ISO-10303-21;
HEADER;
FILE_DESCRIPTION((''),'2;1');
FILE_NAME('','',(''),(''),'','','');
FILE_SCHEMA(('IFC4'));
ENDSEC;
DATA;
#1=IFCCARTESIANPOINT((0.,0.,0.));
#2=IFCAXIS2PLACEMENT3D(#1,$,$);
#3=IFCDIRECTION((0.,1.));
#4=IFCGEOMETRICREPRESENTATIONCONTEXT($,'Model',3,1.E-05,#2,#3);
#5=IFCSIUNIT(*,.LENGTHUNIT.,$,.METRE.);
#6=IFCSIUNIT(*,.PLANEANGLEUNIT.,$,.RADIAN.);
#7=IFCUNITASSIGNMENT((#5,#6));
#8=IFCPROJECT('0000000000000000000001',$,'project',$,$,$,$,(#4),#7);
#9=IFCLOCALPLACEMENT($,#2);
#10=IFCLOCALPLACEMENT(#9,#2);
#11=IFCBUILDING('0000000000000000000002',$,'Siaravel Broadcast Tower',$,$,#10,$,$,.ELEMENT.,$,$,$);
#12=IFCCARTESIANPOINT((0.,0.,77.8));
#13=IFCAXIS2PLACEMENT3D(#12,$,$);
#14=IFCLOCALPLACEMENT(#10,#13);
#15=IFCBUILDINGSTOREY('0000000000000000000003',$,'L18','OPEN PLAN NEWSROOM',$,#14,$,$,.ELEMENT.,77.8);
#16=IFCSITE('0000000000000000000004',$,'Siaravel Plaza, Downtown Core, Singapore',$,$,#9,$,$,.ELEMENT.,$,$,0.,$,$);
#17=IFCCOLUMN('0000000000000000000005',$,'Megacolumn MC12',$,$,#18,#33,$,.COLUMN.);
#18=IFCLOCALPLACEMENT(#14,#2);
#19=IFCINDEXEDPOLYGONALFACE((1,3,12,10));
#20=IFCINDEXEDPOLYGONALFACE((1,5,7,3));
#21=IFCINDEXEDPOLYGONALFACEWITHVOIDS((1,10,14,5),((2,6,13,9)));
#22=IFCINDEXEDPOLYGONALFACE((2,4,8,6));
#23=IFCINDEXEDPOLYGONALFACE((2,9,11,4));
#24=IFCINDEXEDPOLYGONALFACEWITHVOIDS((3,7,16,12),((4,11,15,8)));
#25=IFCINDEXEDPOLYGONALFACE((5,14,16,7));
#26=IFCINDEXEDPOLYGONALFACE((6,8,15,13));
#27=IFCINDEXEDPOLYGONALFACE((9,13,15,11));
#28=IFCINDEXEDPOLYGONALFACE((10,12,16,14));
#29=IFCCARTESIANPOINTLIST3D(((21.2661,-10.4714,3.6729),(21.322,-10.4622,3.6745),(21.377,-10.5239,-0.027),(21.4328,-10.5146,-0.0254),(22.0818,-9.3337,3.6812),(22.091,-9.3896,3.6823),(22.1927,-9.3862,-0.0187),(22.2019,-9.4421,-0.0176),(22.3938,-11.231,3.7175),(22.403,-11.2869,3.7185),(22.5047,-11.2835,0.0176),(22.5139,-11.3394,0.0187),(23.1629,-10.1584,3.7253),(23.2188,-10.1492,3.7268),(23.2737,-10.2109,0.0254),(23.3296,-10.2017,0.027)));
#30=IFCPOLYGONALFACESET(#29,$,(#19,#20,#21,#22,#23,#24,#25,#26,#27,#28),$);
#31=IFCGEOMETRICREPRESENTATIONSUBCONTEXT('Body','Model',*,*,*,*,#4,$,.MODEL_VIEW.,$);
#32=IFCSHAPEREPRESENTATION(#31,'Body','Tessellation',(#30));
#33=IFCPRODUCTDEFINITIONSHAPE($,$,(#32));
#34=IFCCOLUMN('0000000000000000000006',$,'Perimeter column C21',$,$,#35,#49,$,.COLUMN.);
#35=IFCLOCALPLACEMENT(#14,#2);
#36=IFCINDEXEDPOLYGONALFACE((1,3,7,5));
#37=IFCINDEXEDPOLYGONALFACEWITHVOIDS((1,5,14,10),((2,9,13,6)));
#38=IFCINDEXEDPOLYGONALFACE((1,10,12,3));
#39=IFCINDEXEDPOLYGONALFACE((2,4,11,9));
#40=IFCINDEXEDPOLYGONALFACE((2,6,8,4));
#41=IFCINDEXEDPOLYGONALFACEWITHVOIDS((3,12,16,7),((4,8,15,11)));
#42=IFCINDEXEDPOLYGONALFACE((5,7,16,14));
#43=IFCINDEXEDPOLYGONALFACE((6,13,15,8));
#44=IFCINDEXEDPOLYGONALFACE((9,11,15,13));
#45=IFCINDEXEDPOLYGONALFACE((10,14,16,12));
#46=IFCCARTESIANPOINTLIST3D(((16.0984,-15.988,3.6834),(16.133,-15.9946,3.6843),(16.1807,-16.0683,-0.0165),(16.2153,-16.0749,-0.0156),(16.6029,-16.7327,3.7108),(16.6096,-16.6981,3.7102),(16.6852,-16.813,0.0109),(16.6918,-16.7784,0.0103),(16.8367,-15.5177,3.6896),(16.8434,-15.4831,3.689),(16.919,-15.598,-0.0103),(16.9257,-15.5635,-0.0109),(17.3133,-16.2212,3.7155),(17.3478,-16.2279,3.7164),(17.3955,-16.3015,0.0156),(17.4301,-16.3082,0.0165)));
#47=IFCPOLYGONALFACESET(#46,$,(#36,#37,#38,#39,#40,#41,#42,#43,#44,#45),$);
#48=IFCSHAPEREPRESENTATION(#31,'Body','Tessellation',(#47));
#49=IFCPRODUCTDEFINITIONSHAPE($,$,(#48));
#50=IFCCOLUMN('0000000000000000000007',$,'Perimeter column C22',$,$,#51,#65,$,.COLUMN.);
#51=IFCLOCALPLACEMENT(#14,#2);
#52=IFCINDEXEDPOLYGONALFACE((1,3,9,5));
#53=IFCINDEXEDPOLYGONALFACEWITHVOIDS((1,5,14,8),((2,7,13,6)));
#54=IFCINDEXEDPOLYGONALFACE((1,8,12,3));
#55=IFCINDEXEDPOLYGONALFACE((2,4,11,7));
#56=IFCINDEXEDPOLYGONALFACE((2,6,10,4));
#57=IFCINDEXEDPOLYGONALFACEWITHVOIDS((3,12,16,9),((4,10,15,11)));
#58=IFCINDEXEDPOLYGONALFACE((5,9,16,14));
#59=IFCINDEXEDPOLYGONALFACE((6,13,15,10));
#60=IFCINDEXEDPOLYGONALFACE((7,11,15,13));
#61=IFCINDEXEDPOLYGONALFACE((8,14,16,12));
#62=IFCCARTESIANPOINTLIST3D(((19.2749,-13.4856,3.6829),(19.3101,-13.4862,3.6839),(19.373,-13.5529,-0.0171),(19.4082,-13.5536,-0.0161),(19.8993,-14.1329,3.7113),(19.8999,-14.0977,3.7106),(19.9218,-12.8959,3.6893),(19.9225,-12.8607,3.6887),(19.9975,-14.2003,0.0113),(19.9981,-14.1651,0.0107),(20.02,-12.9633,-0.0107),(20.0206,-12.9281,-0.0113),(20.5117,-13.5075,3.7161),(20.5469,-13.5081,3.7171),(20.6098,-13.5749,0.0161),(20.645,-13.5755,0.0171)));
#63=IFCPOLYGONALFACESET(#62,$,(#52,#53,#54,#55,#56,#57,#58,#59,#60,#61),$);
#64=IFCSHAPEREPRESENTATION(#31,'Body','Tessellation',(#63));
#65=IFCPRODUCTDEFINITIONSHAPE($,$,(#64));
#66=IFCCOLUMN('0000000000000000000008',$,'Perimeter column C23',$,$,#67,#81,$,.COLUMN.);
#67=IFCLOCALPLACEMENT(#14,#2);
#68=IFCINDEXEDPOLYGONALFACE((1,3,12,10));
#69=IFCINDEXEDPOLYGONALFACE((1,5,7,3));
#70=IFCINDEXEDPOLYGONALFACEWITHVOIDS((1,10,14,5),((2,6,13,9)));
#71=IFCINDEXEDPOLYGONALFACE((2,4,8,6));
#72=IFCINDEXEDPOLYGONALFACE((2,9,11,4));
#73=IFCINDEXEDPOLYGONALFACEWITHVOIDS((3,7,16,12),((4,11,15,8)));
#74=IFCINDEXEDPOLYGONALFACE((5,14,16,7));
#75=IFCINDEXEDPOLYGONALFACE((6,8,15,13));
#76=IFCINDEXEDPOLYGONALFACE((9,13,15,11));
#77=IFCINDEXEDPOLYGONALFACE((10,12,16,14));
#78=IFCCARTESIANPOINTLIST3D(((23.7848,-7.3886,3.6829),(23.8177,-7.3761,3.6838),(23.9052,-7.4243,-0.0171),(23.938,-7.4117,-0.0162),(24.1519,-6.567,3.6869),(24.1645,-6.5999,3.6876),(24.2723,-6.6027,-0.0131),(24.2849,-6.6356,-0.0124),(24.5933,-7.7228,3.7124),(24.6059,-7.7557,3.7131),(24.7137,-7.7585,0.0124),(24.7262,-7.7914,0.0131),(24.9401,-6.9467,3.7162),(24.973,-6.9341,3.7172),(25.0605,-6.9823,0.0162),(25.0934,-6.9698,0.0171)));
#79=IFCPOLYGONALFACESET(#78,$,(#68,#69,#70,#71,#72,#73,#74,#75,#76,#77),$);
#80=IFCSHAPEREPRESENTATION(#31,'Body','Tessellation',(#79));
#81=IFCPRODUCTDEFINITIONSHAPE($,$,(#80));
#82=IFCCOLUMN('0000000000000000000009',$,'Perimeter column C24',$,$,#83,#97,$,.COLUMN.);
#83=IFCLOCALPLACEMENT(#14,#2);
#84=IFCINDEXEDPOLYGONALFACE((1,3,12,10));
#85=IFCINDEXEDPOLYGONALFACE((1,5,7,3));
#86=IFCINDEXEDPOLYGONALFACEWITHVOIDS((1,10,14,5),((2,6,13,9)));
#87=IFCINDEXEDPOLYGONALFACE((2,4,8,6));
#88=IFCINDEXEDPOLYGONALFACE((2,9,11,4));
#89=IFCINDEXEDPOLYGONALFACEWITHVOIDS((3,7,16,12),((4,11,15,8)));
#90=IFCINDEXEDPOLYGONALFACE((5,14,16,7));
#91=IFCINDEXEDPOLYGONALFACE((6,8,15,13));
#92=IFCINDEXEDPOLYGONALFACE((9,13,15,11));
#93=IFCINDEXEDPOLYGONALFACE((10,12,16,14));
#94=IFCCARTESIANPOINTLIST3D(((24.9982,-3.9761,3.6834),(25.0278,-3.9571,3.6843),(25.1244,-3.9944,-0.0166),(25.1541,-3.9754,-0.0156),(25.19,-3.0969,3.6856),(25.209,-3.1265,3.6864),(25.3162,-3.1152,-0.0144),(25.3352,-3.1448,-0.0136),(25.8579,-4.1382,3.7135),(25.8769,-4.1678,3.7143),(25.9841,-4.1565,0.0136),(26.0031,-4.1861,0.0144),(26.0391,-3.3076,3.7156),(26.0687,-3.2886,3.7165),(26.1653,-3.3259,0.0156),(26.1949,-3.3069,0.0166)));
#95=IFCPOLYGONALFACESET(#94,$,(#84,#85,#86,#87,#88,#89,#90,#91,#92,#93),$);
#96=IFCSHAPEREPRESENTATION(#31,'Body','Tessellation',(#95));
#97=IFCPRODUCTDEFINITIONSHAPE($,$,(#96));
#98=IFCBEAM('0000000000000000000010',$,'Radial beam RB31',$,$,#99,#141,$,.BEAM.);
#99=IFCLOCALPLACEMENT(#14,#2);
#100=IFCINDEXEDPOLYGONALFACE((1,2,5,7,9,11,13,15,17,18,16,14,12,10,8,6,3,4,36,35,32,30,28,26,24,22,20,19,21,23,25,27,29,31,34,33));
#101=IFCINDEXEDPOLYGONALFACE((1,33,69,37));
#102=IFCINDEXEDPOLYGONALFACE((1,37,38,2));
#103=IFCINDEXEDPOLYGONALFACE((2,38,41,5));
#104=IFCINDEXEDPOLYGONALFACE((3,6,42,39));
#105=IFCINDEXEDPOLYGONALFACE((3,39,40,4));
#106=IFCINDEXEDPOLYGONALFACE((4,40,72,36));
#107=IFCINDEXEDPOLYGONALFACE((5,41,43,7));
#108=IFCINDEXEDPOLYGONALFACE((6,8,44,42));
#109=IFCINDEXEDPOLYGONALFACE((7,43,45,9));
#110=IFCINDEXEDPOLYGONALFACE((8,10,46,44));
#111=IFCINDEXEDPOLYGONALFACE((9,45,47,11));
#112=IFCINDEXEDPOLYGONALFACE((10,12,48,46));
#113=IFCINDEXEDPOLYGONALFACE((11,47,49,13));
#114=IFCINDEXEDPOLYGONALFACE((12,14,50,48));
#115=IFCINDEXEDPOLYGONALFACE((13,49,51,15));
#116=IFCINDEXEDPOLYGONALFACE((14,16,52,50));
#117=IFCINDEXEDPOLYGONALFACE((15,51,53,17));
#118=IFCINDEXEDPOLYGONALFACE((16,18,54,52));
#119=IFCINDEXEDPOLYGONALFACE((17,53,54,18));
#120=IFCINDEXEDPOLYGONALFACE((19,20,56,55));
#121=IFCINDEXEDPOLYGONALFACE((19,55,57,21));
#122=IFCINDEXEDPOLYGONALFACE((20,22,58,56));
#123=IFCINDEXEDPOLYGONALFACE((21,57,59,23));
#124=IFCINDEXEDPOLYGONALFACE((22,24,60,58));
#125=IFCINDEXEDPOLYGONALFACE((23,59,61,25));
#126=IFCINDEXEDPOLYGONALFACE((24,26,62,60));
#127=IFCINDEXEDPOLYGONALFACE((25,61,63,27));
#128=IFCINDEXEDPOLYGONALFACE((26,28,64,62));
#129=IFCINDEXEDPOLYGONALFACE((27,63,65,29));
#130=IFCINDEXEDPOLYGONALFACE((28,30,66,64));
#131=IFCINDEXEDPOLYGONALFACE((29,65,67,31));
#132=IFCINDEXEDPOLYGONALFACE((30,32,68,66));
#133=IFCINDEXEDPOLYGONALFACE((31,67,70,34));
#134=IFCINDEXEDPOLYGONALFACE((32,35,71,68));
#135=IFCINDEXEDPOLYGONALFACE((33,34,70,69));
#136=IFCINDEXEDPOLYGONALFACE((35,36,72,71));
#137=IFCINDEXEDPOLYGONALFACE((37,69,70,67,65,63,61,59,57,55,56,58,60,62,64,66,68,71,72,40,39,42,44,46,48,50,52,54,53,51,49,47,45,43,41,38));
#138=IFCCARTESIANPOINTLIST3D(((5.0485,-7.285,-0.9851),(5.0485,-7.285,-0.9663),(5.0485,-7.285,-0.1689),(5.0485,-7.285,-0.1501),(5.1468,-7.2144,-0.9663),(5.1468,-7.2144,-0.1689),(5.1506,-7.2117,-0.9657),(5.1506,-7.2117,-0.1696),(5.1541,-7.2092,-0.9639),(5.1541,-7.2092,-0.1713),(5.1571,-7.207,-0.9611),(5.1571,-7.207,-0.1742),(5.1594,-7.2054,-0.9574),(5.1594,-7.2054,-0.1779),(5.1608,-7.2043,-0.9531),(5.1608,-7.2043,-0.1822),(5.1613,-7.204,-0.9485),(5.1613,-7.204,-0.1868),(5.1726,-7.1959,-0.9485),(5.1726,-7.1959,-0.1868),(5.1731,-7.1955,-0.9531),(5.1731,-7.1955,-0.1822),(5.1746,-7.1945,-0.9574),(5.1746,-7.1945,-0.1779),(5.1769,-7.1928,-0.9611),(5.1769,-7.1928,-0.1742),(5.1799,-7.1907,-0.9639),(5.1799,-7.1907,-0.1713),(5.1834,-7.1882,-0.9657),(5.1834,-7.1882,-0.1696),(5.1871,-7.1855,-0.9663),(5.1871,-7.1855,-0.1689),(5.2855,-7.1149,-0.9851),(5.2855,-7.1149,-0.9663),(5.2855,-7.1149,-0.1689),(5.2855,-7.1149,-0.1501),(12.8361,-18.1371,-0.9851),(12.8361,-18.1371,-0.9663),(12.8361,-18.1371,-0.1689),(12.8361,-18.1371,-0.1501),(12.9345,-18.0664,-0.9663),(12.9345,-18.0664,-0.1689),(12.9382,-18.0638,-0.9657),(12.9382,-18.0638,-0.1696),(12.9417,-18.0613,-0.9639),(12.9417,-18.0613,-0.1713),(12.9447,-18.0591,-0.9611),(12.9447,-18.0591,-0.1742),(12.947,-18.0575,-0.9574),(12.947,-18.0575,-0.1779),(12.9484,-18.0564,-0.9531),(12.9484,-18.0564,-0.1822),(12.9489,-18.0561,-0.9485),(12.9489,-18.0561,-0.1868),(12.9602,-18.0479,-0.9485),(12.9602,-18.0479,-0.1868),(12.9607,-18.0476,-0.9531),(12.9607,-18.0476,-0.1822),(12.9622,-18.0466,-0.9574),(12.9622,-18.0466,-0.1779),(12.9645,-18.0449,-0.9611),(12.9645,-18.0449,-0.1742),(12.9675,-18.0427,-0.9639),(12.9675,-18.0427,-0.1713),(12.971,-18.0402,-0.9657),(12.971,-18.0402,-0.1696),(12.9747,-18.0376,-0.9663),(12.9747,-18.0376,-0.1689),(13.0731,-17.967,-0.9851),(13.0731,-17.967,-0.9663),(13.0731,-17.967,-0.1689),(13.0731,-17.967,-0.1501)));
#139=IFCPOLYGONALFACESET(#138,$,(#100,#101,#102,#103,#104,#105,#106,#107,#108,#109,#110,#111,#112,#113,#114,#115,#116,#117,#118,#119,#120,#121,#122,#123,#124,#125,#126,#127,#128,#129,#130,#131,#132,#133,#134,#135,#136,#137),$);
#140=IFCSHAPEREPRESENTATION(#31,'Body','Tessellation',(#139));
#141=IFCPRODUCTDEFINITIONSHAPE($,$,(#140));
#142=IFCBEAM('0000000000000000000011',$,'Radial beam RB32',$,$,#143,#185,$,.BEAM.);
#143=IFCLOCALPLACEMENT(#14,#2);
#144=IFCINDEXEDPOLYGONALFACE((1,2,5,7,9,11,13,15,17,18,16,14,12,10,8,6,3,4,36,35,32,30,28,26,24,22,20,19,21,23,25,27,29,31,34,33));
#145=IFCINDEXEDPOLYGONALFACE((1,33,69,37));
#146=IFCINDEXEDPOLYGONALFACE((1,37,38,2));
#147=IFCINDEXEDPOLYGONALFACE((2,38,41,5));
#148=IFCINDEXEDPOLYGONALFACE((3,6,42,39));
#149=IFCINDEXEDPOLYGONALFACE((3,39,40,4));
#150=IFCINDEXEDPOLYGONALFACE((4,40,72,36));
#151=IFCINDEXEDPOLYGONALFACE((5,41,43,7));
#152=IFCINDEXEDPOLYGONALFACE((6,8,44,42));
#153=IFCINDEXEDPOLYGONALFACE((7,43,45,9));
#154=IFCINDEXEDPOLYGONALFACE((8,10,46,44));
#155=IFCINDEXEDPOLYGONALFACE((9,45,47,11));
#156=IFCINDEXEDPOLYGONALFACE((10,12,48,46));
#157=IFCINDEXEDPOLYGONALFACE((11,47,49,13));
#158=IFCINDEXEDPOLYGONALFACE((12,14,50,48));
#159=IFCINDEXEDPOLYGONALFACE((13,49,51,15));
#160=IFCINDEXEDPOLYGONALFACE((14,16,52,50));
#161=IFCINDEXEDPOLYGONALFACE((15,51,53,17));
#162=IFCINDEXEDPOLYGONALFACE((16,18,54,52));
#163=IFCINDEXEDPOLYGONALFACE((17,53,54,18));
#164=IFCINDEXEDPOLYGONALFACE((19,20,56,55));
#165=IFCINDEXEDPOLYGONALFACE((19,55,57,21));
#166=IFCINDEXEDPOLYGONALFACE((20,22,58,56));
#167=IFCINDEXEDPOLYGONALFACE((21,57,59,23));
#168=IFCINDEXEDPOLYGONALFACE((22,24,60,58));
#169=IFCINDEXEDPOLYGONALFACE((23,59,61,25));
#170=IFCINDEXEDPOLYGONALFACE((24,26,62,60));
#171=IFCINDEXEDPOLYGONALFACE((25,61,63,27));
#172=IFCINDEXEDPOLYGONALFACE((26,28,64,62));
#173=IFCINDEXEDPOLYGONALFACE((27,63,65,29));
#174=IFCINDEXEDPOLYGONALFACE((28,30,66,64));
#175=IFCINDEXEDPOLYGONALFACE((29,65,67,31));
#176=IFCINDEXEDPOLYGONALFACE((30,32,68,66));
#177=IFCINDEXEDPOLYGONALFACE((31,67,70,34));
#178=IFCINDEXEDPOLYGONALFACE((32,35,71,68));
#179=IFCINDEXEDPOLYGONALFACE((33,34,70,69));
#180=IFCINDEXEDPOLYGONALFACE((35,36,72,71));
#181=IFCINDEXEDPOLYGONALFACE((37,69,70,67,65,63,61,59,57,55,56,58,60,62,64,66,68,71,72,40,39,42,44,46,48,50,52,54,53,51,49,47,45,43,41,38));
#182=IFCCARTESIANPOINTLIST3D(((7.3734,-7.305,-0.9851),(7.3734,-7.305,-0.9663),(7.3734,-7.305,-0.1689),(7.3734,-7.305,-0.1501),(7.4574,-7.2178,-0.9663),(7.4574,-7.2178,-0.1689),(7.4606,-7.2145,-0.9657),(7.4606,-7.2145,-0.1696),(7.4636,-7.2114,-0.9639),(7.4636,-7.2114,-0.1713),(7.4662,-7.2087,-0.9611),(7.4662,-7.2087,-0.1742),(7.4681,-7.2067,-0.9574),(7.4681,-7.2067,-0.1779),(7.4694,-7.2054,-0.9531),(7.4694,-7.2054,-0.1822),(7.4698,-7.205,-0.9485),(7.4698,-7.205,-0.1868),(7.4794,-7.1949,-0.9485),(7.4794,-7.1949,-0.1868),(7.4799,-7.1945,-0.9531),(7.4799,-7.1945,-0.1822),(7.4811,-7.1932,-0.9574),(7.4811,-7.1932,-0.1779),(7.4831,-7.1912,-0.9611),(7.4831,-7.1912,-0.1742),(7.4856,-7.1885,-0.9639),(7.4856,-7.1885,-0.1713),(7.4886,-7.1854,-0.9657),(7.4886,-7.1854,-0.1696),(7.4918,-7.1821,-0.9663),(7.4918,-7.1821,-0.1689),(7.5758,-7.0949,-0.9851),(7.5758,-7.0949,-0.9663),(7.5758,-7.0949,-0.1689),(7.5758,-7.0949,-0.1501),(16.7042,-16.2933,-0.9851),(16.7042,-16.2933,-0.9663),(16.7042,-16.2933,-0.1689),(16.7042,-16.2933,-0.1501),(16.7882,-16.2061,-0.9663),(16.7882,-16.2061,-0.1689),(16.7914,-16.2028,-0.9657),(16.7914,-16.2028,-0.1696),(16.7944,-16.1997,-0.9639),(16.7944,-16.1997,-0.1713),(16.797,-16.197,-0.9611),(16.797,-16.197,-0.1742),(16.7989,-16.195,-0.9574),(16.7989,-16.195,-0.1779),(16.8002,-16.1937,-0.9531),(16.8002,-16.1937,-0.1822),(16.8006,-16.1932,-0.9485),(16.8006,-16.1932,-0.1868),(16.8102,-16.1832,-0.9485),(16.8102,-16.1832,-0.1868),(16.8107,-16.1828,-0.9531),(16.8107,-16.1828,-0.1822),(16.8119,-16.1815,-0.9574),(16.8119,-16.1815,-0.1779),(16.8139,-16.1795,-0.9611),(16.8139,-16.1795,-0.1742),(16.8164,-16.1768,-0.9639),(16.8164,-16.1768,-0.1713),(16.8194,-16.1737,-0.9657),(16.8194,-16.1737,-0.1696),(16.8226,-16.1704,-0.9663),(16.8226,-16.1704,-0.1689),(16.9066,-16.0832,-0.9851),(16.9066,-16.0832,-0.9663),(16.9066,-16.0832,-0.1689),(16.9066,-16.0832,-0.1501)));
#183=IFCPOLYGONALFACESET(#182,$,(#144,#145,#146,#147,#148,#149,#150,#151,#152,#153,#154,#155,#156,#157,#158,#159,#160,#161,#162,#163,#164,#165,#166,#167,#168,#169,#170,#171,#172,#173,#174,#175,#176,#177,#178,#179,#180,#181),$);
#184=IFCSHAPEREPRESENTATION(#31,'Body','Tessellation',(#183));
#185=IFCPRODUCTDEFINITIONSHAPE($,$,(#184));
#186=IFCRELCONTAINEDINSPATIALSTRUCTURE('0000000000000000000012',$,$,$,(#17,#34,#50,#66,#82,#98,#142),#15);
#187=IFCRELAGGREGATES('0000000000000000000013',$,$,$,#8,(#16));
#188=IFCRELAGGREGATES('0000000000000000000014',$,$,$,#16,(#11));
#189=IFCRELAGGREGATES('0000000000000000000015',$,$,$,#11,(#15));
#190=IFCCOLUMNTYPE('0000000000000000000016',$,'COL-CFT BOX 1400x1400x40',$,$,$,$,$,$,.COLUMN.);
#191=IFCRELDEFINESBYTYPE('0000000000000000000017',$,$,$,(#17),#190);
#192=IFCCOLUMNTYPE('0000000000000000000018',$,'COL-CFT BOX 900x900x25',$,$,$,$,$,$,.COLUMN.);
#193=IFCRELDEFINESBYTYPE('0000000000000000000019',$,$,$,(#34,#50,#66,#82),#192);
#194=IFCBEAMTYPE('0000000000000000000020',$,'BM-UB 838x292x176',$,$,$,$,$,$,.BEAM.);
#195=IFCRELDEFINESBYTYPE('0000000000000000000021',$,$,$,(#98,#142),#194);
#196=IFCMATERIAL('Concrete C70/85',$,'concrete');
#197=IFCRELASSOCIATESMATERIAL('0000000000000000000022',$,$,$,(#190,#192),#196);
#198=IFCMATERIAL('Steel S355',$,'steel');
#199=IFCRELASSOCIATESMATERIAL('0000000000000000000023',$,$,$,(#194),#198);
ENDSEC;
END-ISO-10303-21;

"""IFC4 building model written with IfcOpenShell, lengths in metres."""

from ifc_helpers import new_model, si_unit, direction, frame, origin, origin_2d, place, context, subcontext, project, spatial, hollow_rectangle, i_section, extrude, material, material_profile, profile_set, type_object, element, save


model = new_model("IFC4")

# Units and contexts
model_context = context("Model", 3, precision=1e-05, world=origin(), true_north=direction((0.0, 1.0)))
body_context = subcontext(model_context, "Body", "Model", "MODEL_VIEW")
ifc_project = project(units=[si_unit("LENGTHUNIT", "METRE"), si_unit("PLANEANGLEUNIT", "RADIAN")], contexts=[model_context])

# Site, building, storey
site_placement = place(None, origin())
site = spatial("IfcSite", under=ifc_project, at=site_placement, Name="Siaravel Plaza, Downtown Core, Singapore", CompositionType="ELEMENT", RefElevation=0.0)
building_placement = place(site_placement, origin())
building = spatial("IfcBuilding", under=site, at=building_placement, Name="Siaravel Broadcast Tower", CompositionType="ELEMENT")
storey_placement = place(building_placement, frame((0.0, 0.0, 77.8)))
storey = spatial("IfcBuildingStorey", under=building, at=storey_placement, Name="L18", Description="OPEN PLAN NEWSROOM", CompositionType="ELEMENT", Elevation=77.8)

# Columns
ifc_material_1 = material(Name="Concrete C70/85", Category="concrete")
ifc_material_profile_1 = material_profile(ifc_material_1, hollow_rectangle(XDim=1.3999, YDim=1.3999, WallThickness=0.04, at=origin_2d()))
ifc_profile_set_1 = profile_set([ifc_material_profile_1], Name="Concrete C70/85")
column_type_1 = type_object("IfcColumnType", Name="COL-CFT BOX 1400x1400x40", PredefinedType="COLUMN", material=ifc_profile_set_1)
column_1_placement = place(storey_placement, frame((22.3533, -10.3628, 0.0), z_axis=(-0.029941, 0.014179, 0.999451), x_axis=(-0.582697, -0.812668, -0.005927)))
element("IfcColumn", 1, at=column_1_placement, inside=storey, type_object=column_type_1, Name="Megacolumn MC12", PredefinedType="COLUMN", context=body_context, shape_type="SweptSolid", body=[
    extrude(hollow_rectangle(XDim=1.3999, YDim=1.3999, WallThickness=0.04, at=origin_2d()), origin(), (0.0, 0.0, 1.0), 3.7019),
])
ifc_material_profile_2 = material_profile(ifc_material_1, hollow_rectangle(XDim=0.8999, YDim=0.8999, WallThickness=0.0249, at=origin_2d()))
ifc_profile_set_2 = profile_set([ifc_material_profile_2], Name="Concrete C70/85")
column_type_2 = type_object("IfcColumnType", Name="COL-CFT BOX 900x900x25", PredefinedType="COLUMN", material=ifc_profile_set_2)
column_2_placement = place(storey_placement, frame((16.8054, -16.1882, 0.0), z_axis=(-0.022226, 0.021699, 0.999517), x_axis=(-0.827813, -0.56097, -0.00623)))
element("IfcColumn", 2, at=column_2_placement, inside=storey, type_object=column_type_2, Name="Perimeter column C21", PredefinedType="COLUMN", context=body_context, shape_type="SweptSolid", body=[
    extrude(hollow_rectangle(XDim=0.8999, YDim=0.8999, WallThickness=0.0249, at=origin_2d()), origin(), (0.0, 0.0, 1.0), 3.7017),
])
column_3_placement = place(storey_placement, frame((20.009, -13.5642, 0.0), z_axis=(-0.026512, 0.018202, 0.999483), x_axis=(-0.719608, -0.69435, -0.006443)))
element("IfcColumn", 3, at=column_3_placement, inside=storey, type_object=column_type_2, Name="Perimeter column C22", PredefinedType="COLUMN", context=body_context, shape_type="SweptSolid", body=[
    extrude(hollow_rectangle(XDim=0.8999, YDim=0.8999, WallThickness=0.0249, at=origin_2d()), origin(), (0.0, 0.0, 1.0), 3.7019),
])
for number, where, z_axis, x_axis, name in (
    (4, (24.4993, -7.197, 0.0), (-0.032512, 0.009628, 0.999425), (-0.407994, -0.912974, -0.004477), "Perimeter column C23"),
    (5, (25.6597, -3.6506, 0.0), (-0.034094, 0.004946, 0.999406), (-0.213077, -0.977032, -0.002434), "Perimeter column C24"),
):
    element("IfcColumn", number, at=place(storey_placement, frame(where, z_axis=z_axis, x_axis=x_axis)), inside=storey, type_object=column_type_2, Name=name, PredefinedType="COLUMN", context=body_context, shape_type="SweptSolid", body=[
        extrude(hollow_rectangle(XDim=0.8999, YDim=0.8999, WallThickness=0.0249, at=origin_2d()), origin(), (0.0, 0.0, 1.0), 3.7021),
    ])

# Beams
ifc_material_2 = material(Name="Steel S355", Category="steel")
ifc_material_profile_3 = material_profile(ifc_material_2, i_section(OverallWidth=0.2917, OverallDepth=0.835, WebThickness=0.0139, FlangeThickness=0.0188, FilletRadius=0.0178, at=origin_2d()))
ifc_profile_set_3 = profile_set([ifc_material_profile_3], Name="Steel S355")
beam_type = type_object("IfcBeamType", Name="BM-UB 838x292x176", PredefinedType="BEAM", material=ifc_profile_set_3)
beam_1_placement = place(storey_placement, frame((12.9546, -18.052, -0.5676), z_axis=(-0.583028, 0.812452, 0.0), x_axis=(-0.812452, -0.583028, 0.0)))
element("IfcBeam", 6, at=beam_1_placement, inside=storey, type_object=beam_type, Name="Radial beam RB31", PredefinedType="BEAM", context=body_context, shape_type="SweptSolid", body=[
    extrude(i_section(OverallWidth=0.2917, OverallDepth=0.835, WebThickness=0.0139, FlangeThickness=0.0188, FilletRadius=0.0178, at=origin_2d()), origin(), (0.0, 0.0, 1.0), 13.3572),
])
beam_2_placement = place(storey_placement, frame((16.8054, -16.1882, -0.5676), z_axis=(-0.720202, 0.693764, 0.0), x_axis=(-0.693764, -0.720202, 0.0)))
element("IfcBeam", 7, at=beam_2_placement, inside=storey, type_object=beam_type, Name="Radial beam RB32", PredefinedType="BEAM", context=body_context, shape_type="SweptSolid", body=[
    extrude(i_section(OverallWidth=0.2917, OverallDepth=0.835, WebThickness=0.0139, FlangeThickness=0.0188, FilletRadius=0.0178, at=origin_2d()), origin(), (0.0, 0.0, 1.0), 12.9558),
])

save(model, "model.ifc")
